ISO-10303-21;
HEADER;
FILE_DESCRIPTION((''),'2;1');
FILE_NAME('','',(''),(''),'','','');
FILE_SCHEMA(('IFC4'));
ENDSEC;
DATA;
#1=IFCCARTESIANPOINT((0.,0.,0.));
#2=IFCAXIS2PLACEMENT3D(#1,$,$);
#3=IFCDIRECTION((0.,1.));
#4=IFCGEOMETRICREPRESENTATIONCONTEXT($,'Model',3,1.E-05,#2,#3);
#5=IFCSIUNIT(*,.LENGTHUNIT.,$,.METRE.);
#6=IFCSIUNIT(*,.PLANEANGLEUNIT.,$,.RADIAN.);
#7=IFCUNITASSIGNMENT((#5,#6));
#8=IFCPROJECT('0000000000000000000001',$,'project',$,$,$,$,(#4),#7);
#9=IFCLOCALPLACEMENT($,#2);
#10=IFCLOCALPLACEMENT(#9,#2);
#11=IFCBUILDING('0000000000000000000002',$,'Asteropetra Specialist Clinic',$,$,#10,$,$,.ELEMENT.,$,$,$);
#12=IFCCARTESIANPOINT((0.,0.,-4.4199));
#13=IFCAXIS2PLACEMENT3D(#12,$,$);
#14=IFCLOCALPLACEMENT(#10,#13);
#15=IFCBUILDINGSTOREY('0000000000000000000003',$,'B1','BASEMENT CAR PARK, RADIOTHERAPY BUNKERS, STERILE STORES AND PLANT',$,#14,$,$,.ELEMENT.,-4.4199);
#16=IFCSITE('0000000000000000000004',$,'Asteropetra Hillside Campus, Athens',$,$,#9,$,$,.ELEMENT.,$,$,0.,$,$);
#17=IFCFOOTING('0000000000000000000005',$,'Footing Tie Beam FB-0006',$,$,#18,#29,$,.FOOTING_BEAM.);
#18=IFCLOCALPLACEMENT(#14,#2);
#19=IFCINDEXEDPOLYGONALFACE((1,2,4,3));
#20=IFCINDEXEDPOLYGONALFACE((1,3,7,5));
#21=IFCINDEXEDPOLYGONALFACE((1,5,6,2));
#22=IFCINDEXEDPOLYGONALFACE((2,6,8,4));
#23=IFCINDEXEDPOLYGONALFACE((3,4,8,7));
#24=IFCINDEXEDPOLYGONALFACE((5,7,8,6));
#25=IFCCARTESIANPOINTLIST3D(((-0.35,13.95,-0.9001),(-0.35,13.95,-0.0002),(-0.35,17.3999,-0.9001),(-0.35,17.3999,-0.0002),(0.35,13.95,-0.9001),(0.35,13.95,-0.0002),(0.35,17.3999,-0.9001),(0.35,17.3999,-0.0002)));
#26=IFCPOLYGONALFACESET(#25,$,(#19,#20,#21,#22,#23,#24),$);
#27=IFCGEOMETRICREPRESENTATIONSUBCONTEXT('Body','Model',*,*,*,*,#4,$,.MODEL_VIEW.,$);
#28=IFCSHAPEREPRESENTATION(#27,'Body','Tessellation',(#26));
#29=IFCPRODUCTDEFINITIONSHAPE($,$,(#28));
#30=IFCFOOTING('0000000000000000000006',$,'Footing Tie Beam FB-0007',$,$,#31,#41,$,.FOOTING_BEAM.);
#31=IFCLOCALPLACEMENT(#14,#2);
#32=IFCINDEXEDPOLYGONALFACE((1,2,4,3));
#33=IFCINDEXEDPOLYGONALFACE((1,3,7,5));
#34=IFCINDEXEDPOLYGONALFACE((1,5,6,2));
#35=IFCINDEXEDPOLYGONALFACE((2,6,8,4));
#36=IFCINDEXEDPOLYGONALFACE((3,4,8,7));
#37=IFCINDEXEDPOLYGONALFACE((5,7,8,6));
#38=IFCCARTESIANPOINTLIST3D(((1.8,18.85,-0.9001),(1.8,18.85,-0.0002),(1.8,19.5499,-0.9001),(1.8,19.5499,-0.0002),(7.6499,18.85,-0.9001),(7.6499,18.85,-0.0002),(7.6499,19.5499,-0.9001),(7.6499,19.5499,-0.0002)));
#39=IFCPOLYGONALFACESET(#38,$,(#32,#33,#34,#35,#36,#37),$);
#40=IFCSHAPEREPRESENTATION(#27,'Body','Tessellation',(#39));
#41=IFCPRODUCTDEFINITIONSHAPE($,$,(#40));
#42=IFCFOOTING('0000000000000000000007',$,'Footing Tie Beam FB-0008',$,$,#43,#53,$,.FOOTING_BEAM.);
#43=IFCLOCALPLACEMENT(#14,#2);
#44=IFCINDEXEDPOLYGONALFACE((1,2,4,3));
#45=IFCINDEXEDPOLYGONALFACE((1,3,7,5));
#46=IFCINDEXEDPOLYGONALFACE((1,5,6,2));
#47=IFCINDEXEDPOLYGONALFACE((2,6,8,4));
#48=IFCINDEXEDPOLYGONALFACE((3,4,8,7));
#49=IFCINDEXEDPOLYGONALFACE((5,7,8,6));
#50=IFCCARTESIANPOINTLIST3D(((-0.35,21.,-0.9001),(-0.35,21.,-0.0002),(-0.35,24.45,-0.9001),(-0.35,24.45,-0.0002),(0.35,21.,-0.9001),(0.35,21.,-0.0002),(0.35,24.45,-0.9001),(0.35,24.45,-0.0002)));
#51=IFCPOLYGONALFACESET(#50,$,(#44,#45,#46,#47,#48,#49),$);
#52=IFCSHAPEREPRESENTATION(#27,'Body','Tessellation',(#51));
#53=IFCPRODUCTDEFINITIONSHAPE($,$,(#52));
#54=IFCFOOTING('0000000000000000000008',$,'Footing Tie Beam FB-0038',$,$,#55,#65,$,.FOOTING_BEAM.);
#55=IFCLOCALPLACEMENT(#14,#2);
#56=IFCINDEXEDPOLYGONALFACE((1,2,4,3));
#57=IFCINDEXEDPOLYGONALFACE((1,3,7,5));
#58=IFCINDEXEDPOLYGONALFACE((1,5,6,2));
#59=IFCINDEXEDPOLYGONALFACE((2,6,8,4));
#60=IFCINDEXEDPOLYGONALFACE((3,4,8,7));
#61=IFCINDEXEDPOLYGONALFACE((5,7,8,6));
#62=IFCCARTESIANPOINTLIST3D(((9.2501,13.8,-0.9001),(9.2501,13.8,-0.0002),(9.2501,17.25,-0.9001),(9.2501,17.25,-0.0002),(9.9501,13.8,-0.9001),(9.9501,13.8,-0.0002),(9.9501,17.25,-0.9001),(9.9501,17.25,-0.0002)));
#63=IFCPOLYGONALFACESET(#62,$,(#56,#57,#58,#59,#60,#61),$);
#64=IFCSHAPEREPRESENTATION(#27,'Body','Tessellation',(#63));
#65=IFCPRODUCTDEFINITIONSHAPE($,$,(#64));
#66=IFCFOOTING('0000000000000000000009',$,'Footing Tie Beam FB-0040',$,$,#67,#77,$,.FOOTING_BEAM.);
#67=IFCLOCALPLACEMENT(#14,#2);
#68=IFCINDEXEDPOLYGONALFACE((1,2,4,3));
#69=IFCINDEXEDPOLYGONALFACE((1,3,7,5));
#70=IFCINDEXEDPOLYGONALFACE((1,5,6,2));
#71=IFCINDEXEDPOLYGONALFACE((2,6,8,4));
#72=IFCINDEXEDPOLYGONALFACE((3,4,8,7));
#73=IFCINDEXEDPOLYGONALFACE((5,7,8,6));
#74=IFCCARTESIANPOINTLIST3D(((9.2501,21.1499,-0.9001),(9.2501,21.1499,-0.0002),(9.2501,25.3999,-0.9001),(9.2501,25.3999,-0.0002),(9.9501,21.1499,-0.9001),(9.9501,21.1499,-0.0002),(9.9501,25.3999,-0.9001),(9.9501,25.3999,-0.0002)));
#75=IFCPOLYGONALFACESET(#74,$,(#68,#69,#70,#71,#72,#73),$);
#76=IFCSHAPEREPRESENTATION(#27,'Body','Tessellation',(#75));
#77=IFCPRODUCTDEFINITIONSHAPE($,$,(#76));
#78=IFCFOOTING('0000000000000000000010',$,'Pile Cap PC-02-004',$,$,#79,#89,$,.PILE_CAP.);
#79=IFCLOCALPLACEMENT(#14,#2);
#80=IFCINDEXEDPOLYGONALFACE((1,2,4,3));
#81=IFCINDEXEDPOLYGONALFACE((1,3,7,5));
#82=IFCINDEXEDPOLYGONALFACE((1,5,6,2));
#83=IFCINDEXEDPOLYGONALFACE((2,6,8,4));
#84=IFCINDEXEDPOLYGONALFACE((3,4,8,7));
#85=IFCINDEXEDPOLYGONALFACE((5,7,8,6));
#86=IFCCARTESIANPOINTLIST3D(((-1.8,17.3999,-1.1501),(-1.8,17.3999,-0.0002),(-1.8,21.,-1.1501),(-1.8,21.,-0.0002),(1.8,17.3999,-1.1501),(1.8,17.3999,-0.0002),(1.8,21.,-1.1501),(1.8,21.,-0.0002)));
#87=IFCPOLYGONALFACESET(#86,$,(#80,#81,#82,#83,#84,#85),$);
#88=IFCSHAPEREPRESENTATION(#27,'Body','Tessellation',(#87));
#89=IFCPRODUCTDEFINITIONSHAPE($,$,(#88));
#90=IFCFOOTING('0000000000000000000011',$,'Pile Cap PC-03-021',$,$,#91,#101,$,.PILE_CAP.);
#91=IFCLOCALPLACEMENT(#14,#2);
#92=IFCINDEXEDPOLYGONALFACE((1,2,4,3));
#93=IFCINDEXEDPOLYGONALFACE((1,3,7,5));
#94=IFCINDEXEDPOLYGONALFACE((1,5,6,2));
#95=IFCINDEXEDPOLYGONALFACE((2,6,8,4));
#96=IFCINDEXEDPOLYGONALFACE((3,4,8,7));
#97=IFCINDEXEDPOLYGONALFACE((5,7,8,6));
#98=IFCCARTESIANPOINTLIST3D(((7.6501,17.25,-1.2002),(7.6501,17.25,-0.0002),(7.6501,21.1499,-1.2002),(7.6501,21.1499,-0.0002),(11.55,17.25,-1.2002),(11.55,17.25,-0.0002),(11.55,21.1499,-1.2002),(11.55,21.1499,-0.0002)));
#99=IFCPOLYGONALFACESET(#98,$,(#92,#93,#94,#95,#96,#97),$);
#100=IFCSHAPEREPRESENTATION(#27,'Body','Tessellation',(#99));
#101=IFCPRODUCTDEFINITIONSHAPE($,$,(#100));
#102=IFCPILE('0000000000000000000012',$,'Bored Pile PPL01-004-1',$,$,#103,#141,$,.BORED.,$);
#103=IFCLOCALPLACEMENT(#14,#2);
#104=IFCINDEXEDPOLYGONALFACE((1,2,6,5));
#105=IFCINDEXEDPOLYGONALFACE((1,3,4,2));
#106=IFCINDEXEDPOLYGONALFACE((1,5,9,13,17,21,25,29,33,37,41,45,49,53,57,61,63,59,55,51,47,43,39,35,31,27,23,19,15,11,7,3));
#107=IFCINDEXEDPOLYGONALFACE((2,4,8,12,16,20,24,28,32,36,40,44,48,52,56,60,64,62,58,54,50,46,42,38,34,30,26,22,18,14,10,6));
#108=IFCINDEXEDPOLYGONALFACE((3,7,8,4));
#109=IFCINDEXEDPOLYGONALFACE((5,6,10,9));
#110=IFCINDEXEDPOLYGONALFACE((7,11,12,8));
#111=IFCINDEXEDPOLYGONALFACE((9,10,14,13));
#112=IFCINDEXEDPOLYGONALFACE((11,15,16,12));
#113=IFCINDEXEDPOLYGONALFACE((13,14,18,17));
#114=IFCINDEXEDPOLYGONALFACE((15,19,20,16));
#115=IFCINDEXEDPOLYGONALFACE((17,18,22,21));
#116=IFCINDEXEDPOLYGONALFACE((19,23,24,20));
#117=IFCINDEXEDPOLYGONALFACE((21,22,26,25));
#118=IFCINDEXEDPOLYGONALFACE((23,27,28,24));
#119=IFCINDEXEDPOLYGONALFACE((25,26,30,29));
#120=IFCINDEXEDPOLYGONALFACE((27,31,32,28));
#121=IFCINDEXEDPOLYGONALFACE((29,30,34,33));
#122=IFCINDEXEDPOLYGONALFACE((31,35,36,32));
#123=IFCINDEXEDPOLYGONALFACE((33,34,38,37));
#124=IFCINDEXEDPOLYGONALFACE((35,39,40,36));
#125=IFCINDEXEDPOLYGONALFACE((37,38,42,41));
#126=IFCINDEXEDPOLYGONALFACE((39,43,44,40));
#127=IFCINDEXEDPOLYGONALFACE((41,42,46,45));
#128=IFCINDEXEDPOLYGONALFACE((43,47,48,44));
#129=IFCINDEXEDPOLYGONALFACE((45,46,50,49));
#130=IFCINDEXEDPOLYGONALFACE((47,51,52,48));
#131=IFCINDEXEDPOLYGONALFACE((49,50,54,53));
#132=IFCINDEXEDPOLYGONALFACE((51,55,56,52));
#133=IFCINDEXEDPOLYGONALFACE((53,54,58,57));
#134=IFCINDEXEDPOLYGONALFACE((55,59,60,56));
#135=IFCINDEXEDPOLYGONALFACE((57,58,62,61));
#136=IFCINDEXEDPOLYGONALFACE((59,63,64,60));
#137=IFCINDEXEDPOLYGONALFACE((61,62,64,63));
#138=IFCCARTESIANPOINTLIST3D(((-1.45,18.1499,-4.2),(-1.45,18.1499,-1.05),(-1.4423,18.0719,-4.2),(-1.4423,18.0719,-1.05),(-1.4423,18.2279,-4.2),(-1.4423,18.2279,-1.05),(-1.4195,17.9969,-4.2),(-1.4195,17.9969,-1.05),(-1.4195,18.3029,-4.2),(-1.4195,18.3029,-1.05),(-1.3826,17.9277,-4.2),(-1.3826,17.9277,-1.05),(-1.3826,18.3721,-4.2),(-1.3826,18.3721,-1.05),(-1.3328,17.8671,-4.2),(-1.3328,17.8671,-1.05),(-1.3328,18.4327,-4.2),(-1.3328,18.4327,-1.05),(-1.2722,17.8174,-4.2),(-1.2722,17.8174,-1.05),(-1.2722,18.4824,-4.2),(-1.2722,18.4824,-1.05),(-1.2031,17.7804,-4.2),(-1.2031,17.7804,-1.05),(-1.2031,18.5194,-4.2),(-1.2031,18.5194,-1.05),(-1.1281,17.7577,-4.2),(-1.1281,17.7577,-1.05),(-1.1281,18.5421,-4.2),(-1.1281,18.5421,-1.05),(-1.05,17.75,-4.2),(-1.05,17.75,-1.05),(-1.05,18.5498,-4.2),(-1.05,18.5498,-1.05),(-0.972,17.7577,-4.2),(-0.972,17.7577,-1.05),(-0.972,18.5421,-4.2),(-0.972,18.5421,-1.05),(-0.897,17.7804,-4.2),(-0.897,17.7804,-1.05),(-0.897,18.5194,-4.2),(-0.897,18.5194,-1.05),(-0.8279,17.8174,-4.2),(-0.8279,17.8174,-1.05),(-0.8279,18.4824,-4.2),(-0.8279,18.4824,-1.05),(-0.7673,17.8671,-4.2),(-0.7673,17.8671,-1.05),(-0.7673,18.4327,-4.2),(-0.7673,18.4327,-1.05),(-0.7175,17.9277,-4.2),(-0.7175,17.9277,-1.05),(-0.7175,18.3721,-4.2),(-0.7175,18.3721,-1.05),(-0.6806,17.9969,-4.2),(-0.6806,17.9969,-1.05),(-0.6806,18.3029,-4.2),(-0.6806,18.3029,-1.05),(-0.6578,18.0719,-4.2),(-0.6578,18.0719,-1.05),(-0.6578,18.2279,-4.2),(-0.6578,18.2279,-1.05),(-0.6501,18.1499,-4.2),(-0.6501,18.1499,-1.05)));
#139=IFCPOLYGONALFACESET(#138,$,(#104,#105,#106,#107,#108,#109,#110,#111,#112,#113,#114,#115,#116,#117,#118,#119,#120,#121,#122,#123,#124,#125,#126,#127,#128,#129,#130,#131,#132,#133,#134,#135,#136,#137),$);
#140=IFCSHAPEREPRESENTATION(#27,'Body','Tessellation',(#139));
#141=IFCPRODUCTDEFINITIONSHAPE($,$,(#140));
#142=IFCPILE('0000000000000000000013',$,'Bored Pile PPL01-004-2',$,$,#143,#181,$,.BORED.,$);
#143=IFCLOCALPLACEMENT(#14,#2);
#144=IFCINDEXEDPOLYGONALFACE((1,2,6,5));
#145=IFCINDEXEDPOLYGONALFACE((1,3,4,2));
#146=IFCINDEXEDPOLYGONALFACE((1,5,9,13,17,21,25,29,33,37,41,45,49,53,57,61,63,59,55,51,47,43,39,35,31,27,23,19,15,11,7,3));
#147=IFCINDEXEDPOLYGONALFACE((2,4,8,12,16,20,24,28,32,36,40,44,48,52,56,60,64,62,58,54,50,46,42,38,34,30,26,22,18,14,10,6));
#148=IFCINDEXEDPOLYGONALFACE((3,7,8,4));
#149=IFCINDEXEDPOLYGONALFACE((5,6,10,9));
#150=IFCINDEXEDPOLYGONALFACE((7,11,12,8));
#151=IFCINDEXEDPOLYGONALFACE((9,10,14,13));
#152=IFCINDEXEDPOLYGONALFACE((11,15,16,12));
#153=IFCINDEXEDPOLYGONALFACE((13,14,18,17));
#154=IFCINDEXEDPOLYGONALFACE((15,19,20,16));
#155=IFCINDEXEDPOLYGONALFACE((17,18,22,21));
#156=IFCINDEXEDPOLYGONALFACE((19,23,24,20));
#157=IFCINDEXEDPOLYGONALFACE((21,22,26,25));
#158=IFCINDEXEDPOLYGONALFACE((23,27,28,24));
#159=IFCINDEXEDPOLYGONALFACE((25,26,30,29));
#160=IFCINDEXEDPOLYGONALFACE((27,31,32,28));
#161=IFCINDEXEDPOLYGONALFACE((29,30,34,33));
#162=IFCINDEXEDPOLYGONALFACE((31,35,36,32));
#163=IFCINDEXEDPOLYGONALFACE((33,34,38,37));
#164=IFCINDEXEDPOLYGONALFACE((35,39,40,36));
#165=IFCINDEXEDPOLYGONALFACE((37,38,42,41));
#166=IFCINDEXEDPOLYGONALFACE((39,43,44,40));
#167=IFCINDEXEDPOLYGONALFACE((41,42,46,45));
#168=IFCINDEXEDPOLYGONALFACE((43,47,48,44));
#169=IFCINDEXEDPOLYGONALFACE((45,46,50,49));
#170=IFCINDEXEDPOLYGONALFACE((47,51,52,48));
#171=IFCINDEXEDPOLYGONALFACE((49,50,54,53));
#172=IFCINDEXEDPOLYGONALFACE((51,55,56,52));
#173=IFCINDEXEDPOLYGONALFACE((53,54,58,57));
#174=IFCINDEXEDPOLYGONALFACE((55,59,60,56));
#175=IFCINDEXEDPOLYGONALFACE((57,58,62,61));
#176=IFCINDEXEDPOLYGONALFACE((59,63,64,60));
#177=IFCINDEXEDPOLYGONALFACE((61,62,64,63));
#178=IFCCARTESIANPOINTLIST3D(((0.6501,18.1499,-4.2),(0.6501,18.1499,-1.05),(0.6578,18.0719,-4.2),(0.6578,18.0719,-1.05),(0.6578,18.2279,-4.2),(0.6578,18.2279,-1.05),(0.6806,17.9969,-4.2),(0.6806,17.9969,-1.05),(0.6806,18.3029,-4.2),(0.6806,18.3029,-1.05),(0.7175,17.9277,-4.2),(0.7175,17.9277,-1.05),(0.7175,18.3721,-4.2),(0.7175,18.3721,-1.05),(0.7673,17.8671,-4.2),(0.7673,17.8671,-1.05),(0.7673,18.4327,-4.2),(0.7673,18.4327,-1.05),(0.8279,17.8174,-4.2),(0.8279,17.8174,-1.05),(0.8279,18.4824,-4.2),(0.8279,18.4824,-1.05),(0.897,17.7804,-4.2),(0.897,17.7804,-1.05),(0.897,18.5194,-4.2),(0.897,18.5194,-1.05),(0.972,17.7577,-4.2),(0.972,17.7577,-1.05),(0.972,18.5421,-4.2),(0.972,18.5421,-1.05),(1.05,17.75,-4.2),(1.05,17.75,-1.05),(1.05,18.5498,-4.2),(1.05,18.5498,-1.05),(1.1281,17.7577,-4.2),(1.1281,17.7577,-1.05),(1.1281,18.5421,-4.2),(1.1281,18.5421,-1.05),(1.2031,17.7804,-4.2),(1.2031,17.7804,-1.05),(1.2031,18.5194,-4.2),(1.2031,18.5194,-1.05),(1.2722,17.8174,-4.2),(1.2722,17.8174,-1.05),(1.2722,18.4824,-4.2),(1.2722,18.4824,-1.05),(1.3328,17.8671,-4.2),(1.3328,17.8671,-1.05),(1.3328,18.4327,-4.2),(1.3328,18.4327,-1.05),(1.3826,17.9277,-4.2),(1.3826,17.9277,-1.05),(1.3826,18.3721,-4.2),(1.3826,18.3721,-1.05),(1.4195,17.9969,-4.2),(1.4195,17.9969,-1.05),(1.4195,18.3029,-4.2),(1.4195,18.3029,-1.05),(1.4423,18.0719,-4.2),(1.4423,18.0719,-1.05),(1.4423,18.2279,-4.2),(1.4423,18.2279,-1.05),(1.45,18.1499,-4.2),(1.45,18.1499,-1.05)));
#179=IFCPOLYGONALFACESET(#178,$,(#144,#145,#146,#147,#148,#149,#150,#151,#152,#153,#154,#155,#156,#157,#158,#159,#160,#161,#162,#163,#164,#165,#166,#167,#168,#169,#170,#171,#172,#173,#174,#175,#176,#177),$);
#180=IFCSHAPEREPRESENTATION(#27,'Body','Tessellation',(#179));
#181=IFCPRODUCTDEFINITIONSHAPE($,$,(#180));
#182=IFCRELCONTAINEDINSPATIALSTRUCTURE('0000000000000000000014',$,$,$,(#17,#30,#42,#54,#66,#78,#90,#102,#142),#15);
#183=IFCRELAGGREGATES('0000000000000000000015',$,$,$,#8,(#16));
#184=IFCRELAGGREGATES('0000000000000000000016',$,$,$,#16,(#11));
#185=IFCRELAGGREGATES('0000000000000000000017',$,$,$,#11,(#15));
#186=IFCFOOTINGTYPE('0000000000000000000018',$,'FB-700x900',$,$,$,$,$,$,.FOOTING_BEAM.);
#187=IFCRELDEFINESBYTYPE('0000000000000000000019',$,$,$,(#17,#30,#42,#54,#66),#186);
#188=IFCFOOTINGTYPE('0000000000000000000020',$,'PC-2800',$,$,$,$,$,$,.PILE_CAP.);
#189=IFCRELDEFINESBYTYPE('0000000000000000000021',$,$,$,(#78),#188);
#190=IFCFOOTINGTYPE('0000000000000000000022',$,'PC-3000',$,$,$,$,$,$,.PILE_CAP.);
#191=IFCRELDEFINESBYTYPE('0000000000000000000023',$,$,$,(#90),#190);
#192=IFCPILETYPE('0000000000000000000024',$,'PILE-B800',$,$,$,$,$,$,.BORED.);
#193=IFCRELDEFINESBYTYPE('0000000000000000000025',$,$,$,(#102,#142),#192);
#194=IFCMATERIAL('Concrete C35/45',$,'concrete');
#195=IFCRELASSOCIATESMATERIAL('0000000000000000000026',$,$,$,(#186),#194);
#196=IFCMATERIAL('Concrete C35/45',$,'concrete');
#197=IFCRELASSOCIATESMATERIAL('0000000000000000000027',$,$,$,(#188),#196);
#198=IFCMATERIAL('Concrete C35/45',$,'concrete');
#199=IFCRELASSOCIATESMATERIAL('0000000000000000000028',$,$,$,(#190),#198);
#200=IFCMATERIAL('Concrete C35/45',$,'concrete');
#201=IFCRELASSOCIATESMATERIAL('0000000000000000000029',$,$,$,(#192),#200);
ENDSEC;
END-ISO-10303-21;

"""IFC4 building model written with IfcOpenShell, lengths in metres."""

from ifc_helpers import new_model, si_unit, direction, frame, origin, origin_2d, place, context, subcontext, project, spatial, rectangle, circle, extrude, material, material_profile, profile_set, type_object, element, save


model = new_model("IFC4")

# Units and contexts
model_context = context("Model", 3, precision=1e-05, world=origin(), true_north=direction((0.0, 1.0)))
body_context = subcontext(model_context, "Body", "Model", "MODEL_VIEW")
ifc_project = project(units=[si_unit("LENGTHUNIT", "METRE"), si_unit("PLANEANGLEUNIT", "RADIAN")], contexts=[model_context])

# Site, building, storey
site_placement = place(None, origin())
site = spatial("IfcSite", under=ifc_project, at=site_placement, Name="Asteropetra Hillside Campus, Athens", CompositionType="ELEMENT", RefElevation=0.0)
building_placement = place(site_placement, origin())
building = spatial("IfcBuilding", under=site, at=building_placement, Name="Asteropetra Specialist Clinic", CompositionType="ELEMENT")
storey_placement = place(building_placement, frame((0.0, 0.0, -4.4199)))
storey = spatial("IfcBuildingStorey", under=building, at=storey_placement, Name="B1", Description="BASEMENT CAR PARK, RADIOTHERAPY BUNKERS, STERILE STORES AND PLANT", CompositionType="ELEMENT", Elevation=-4.4199)

# Footings
ifc_material_1 = material(Name="Concrete C35/45", Category="concrete")
ifc_material_profile_1 = material_profile(ifc_material_1, rectangle(XDim=0.7, YDim=0.8999, at=origin_2d()), Name="FB 700x900")
ifc_profile_set_1 = profile_set([ifc_material_profile_1], Name="Concrete C35/45")
footing_type_1 = type_object("IfcFootingType", Name="FB-700x900", PredefinedType="FOOTING_BEAM", material=ifc_profile_set_1)
footing_1_placement = place(storey_placement, frame((0.0, 13.95, -0.4502), z_axis=(0.0, 1.0, 0.0), x_axis=(-1.0, 0.0, 0.0)))
element("IfcFooting", 1, at=footing_1_placement, inside=storey, type_object=footing_type_1, Name="Footing Tie Beam FB-0006", PredefinedType="FOOTING_BEAM", context=body_context, shape_type="SweptSolid", body=[
    extrude(rectangle(XDim=0.7, YDim=0.8999, at=origin_2d()), origin(), (0.0, 0.0, 1.0), 3.45),
])
footing_2_placement = place(storey_placement, frame((1.8, 19.2, -0.4502), z_axis=(1.0, 0.0, 0.0), x_axis=(0.0, 1.0, 0.0)))
element("IfcFooting", 2, at=footing_2_placement, inside=storey, type_object=footing_type_1, Name="Footing Tie Beam FB-0007", PredefinedType="FOOTING_BEAM", context=body_context, shape_type="SweptSolid", body=[
    extrude(rectangle(XDim=0.7, YDim=0.8999, at=origin_2d()), origin(), (0.0, 0.0, 1.0), 5.8499),
])
for number, where, z_axis, x_axis, name in (
    (3, (0.0, 21.0, -0.4502), (0.0, 1.0, 0.0), (-1.0, 0.0, 0.0), "Footing Tie Beam FB-0008"),
    (4, (9.6001, 13.8, -0.4502), (0.0, 1.0, 0.0), (-1.0, 0.0, 0.0), "Footing Tie Beam FB-0038"),
):
    element("IfcFooting", number, at=place(storey_placement, frame(where, z_axis=z_axis, x_axis=x_axis)), inside=storey, type_object=footing_type_1, Name=name, PredefinedType="FOOTING_BEAM", context=body_context, shape_type="SweptSolid", body=[
        extrude(rectangle(XDim=0.7, YDim=0.8999, at=origin_2d()), origin(), (0.0, 0.0, 1.0), 3.45),
    ])
footing_3_placement = place(storey_placement, frame((9.6001, 21.1499, -0.4502), z_axis=(0.0, 1.0, 0.0), x_axis=(-1.0, 0.0, 0.0)))
element("IfcFooting", 5, at=footing_3_placement, inside=storey, type_object=footing_type_1, Name="Footing Tie Beam FB-0040", PredefinedType="FOOTING_BEAM", context=body_context, shape_type="SweptSolid", body=[
    extrude(rectangle(XDim=0.7, YDim=0.8999, at=origin_2d()), origin(), (0.0, 0.0, 1.0), 4.25),
])
ifc_material_2 = material(Name="Concrete C35/45", Category="concrete")
footing_type_2 = type_object("IfcFootingType", Name="PC-2800", PredefinedType="PILE_CAP", material=ifc_material_2)
footing_4_placement = place(storey_placement, frame((0.0, 19.2, -1.1501), z_axis=(0.0, 0.0, 1.0), x_axis=(1.0, 0.0, 0.0)))
element("IfcFooting", 6, at=footing_4_placement, inside=storey, type_object=footing_type_2, Name="Pile Cap PC-02-004", PredefinedType="PILE_CAP", context=body_context, shape_type="SweptSolid", body=[
    extrude(rectangle(XDim=3.6001, YDim=3.6001, at=origin_2d()), origin(), (0.0, 0.0, 1.0), 1.1499),
])
ifc_material_3 = material(Name="Concrete C35/45", Category="concrete")
footing_type_3 = type_object("IfcFootingType", Name="PC-3000", PredefinedType="PILE_CAP", material=ifc_material_3)
footing_5_placement = place(storey_placement, frame((9.6001, 19.2, -1.2002), z_axis=(0.0, 0.0, 1.0), x_axis=(1.0, 0.0, 0.0)))
element("IfcFooting", 7, at=footing_5_placement, inside=storey, type_object=footing_type_3, Name="Pile Cap PC-03-021", PredefinedType="PILE_CAP", context=body_context, shape_type="SweptSolid", body=[
    extrude(rectangle(XDim=3.8999, YDim=3.8999, at=origin_2d()), origin(), (0.0, 0.0, 1.0), 1.2),
])

# Piles
ifc_material_4 = material(Name="Concrete C35/45", Category="concrete")
ifc_material_profile_2 = material_profile(ifc_material_4, circle(Radius=0.3999, at=origin_2d()), Name="PILE D800")
ifc_profile_set_2 = profile_set([ifc_material_profile_2], Name="Concrete C35/45")
pile_type_1 = type_object("IfcPileType", Name="PILE-B800", PredefinedType="BORED", material=ifc_profile_set_2)
for number, where, z_axis, x_axis, name in (
    (8, (-1.05, 18.1499, -1.05), (0.0, 0.0, -1.0), (1.0, 0.0, 0.0), "Bored Pile PPL01-004-1"),
    (9, (1.05, 18.1499, -1.05), (0.0, 0.0, -1.0), (1.0, 0.0, 0.0), "Bored Pile PPL01-004-2"),
):
    element("IfcPile", number, at=place(storey_placement, frame(where, z_axis=z_axis, x_axis=x_axis)), inside=storey, type_object=pile_type_1, Name=name, PredefinedType="BORED", context=body_context, shape_type="SweptSolid", body=[
        extrude(circle(Radius=0.3999, at=origin_2d()), origin(), (0.0, 0.0, 1.0), 3.1499),
    ])

save(model, "model.ifc")
